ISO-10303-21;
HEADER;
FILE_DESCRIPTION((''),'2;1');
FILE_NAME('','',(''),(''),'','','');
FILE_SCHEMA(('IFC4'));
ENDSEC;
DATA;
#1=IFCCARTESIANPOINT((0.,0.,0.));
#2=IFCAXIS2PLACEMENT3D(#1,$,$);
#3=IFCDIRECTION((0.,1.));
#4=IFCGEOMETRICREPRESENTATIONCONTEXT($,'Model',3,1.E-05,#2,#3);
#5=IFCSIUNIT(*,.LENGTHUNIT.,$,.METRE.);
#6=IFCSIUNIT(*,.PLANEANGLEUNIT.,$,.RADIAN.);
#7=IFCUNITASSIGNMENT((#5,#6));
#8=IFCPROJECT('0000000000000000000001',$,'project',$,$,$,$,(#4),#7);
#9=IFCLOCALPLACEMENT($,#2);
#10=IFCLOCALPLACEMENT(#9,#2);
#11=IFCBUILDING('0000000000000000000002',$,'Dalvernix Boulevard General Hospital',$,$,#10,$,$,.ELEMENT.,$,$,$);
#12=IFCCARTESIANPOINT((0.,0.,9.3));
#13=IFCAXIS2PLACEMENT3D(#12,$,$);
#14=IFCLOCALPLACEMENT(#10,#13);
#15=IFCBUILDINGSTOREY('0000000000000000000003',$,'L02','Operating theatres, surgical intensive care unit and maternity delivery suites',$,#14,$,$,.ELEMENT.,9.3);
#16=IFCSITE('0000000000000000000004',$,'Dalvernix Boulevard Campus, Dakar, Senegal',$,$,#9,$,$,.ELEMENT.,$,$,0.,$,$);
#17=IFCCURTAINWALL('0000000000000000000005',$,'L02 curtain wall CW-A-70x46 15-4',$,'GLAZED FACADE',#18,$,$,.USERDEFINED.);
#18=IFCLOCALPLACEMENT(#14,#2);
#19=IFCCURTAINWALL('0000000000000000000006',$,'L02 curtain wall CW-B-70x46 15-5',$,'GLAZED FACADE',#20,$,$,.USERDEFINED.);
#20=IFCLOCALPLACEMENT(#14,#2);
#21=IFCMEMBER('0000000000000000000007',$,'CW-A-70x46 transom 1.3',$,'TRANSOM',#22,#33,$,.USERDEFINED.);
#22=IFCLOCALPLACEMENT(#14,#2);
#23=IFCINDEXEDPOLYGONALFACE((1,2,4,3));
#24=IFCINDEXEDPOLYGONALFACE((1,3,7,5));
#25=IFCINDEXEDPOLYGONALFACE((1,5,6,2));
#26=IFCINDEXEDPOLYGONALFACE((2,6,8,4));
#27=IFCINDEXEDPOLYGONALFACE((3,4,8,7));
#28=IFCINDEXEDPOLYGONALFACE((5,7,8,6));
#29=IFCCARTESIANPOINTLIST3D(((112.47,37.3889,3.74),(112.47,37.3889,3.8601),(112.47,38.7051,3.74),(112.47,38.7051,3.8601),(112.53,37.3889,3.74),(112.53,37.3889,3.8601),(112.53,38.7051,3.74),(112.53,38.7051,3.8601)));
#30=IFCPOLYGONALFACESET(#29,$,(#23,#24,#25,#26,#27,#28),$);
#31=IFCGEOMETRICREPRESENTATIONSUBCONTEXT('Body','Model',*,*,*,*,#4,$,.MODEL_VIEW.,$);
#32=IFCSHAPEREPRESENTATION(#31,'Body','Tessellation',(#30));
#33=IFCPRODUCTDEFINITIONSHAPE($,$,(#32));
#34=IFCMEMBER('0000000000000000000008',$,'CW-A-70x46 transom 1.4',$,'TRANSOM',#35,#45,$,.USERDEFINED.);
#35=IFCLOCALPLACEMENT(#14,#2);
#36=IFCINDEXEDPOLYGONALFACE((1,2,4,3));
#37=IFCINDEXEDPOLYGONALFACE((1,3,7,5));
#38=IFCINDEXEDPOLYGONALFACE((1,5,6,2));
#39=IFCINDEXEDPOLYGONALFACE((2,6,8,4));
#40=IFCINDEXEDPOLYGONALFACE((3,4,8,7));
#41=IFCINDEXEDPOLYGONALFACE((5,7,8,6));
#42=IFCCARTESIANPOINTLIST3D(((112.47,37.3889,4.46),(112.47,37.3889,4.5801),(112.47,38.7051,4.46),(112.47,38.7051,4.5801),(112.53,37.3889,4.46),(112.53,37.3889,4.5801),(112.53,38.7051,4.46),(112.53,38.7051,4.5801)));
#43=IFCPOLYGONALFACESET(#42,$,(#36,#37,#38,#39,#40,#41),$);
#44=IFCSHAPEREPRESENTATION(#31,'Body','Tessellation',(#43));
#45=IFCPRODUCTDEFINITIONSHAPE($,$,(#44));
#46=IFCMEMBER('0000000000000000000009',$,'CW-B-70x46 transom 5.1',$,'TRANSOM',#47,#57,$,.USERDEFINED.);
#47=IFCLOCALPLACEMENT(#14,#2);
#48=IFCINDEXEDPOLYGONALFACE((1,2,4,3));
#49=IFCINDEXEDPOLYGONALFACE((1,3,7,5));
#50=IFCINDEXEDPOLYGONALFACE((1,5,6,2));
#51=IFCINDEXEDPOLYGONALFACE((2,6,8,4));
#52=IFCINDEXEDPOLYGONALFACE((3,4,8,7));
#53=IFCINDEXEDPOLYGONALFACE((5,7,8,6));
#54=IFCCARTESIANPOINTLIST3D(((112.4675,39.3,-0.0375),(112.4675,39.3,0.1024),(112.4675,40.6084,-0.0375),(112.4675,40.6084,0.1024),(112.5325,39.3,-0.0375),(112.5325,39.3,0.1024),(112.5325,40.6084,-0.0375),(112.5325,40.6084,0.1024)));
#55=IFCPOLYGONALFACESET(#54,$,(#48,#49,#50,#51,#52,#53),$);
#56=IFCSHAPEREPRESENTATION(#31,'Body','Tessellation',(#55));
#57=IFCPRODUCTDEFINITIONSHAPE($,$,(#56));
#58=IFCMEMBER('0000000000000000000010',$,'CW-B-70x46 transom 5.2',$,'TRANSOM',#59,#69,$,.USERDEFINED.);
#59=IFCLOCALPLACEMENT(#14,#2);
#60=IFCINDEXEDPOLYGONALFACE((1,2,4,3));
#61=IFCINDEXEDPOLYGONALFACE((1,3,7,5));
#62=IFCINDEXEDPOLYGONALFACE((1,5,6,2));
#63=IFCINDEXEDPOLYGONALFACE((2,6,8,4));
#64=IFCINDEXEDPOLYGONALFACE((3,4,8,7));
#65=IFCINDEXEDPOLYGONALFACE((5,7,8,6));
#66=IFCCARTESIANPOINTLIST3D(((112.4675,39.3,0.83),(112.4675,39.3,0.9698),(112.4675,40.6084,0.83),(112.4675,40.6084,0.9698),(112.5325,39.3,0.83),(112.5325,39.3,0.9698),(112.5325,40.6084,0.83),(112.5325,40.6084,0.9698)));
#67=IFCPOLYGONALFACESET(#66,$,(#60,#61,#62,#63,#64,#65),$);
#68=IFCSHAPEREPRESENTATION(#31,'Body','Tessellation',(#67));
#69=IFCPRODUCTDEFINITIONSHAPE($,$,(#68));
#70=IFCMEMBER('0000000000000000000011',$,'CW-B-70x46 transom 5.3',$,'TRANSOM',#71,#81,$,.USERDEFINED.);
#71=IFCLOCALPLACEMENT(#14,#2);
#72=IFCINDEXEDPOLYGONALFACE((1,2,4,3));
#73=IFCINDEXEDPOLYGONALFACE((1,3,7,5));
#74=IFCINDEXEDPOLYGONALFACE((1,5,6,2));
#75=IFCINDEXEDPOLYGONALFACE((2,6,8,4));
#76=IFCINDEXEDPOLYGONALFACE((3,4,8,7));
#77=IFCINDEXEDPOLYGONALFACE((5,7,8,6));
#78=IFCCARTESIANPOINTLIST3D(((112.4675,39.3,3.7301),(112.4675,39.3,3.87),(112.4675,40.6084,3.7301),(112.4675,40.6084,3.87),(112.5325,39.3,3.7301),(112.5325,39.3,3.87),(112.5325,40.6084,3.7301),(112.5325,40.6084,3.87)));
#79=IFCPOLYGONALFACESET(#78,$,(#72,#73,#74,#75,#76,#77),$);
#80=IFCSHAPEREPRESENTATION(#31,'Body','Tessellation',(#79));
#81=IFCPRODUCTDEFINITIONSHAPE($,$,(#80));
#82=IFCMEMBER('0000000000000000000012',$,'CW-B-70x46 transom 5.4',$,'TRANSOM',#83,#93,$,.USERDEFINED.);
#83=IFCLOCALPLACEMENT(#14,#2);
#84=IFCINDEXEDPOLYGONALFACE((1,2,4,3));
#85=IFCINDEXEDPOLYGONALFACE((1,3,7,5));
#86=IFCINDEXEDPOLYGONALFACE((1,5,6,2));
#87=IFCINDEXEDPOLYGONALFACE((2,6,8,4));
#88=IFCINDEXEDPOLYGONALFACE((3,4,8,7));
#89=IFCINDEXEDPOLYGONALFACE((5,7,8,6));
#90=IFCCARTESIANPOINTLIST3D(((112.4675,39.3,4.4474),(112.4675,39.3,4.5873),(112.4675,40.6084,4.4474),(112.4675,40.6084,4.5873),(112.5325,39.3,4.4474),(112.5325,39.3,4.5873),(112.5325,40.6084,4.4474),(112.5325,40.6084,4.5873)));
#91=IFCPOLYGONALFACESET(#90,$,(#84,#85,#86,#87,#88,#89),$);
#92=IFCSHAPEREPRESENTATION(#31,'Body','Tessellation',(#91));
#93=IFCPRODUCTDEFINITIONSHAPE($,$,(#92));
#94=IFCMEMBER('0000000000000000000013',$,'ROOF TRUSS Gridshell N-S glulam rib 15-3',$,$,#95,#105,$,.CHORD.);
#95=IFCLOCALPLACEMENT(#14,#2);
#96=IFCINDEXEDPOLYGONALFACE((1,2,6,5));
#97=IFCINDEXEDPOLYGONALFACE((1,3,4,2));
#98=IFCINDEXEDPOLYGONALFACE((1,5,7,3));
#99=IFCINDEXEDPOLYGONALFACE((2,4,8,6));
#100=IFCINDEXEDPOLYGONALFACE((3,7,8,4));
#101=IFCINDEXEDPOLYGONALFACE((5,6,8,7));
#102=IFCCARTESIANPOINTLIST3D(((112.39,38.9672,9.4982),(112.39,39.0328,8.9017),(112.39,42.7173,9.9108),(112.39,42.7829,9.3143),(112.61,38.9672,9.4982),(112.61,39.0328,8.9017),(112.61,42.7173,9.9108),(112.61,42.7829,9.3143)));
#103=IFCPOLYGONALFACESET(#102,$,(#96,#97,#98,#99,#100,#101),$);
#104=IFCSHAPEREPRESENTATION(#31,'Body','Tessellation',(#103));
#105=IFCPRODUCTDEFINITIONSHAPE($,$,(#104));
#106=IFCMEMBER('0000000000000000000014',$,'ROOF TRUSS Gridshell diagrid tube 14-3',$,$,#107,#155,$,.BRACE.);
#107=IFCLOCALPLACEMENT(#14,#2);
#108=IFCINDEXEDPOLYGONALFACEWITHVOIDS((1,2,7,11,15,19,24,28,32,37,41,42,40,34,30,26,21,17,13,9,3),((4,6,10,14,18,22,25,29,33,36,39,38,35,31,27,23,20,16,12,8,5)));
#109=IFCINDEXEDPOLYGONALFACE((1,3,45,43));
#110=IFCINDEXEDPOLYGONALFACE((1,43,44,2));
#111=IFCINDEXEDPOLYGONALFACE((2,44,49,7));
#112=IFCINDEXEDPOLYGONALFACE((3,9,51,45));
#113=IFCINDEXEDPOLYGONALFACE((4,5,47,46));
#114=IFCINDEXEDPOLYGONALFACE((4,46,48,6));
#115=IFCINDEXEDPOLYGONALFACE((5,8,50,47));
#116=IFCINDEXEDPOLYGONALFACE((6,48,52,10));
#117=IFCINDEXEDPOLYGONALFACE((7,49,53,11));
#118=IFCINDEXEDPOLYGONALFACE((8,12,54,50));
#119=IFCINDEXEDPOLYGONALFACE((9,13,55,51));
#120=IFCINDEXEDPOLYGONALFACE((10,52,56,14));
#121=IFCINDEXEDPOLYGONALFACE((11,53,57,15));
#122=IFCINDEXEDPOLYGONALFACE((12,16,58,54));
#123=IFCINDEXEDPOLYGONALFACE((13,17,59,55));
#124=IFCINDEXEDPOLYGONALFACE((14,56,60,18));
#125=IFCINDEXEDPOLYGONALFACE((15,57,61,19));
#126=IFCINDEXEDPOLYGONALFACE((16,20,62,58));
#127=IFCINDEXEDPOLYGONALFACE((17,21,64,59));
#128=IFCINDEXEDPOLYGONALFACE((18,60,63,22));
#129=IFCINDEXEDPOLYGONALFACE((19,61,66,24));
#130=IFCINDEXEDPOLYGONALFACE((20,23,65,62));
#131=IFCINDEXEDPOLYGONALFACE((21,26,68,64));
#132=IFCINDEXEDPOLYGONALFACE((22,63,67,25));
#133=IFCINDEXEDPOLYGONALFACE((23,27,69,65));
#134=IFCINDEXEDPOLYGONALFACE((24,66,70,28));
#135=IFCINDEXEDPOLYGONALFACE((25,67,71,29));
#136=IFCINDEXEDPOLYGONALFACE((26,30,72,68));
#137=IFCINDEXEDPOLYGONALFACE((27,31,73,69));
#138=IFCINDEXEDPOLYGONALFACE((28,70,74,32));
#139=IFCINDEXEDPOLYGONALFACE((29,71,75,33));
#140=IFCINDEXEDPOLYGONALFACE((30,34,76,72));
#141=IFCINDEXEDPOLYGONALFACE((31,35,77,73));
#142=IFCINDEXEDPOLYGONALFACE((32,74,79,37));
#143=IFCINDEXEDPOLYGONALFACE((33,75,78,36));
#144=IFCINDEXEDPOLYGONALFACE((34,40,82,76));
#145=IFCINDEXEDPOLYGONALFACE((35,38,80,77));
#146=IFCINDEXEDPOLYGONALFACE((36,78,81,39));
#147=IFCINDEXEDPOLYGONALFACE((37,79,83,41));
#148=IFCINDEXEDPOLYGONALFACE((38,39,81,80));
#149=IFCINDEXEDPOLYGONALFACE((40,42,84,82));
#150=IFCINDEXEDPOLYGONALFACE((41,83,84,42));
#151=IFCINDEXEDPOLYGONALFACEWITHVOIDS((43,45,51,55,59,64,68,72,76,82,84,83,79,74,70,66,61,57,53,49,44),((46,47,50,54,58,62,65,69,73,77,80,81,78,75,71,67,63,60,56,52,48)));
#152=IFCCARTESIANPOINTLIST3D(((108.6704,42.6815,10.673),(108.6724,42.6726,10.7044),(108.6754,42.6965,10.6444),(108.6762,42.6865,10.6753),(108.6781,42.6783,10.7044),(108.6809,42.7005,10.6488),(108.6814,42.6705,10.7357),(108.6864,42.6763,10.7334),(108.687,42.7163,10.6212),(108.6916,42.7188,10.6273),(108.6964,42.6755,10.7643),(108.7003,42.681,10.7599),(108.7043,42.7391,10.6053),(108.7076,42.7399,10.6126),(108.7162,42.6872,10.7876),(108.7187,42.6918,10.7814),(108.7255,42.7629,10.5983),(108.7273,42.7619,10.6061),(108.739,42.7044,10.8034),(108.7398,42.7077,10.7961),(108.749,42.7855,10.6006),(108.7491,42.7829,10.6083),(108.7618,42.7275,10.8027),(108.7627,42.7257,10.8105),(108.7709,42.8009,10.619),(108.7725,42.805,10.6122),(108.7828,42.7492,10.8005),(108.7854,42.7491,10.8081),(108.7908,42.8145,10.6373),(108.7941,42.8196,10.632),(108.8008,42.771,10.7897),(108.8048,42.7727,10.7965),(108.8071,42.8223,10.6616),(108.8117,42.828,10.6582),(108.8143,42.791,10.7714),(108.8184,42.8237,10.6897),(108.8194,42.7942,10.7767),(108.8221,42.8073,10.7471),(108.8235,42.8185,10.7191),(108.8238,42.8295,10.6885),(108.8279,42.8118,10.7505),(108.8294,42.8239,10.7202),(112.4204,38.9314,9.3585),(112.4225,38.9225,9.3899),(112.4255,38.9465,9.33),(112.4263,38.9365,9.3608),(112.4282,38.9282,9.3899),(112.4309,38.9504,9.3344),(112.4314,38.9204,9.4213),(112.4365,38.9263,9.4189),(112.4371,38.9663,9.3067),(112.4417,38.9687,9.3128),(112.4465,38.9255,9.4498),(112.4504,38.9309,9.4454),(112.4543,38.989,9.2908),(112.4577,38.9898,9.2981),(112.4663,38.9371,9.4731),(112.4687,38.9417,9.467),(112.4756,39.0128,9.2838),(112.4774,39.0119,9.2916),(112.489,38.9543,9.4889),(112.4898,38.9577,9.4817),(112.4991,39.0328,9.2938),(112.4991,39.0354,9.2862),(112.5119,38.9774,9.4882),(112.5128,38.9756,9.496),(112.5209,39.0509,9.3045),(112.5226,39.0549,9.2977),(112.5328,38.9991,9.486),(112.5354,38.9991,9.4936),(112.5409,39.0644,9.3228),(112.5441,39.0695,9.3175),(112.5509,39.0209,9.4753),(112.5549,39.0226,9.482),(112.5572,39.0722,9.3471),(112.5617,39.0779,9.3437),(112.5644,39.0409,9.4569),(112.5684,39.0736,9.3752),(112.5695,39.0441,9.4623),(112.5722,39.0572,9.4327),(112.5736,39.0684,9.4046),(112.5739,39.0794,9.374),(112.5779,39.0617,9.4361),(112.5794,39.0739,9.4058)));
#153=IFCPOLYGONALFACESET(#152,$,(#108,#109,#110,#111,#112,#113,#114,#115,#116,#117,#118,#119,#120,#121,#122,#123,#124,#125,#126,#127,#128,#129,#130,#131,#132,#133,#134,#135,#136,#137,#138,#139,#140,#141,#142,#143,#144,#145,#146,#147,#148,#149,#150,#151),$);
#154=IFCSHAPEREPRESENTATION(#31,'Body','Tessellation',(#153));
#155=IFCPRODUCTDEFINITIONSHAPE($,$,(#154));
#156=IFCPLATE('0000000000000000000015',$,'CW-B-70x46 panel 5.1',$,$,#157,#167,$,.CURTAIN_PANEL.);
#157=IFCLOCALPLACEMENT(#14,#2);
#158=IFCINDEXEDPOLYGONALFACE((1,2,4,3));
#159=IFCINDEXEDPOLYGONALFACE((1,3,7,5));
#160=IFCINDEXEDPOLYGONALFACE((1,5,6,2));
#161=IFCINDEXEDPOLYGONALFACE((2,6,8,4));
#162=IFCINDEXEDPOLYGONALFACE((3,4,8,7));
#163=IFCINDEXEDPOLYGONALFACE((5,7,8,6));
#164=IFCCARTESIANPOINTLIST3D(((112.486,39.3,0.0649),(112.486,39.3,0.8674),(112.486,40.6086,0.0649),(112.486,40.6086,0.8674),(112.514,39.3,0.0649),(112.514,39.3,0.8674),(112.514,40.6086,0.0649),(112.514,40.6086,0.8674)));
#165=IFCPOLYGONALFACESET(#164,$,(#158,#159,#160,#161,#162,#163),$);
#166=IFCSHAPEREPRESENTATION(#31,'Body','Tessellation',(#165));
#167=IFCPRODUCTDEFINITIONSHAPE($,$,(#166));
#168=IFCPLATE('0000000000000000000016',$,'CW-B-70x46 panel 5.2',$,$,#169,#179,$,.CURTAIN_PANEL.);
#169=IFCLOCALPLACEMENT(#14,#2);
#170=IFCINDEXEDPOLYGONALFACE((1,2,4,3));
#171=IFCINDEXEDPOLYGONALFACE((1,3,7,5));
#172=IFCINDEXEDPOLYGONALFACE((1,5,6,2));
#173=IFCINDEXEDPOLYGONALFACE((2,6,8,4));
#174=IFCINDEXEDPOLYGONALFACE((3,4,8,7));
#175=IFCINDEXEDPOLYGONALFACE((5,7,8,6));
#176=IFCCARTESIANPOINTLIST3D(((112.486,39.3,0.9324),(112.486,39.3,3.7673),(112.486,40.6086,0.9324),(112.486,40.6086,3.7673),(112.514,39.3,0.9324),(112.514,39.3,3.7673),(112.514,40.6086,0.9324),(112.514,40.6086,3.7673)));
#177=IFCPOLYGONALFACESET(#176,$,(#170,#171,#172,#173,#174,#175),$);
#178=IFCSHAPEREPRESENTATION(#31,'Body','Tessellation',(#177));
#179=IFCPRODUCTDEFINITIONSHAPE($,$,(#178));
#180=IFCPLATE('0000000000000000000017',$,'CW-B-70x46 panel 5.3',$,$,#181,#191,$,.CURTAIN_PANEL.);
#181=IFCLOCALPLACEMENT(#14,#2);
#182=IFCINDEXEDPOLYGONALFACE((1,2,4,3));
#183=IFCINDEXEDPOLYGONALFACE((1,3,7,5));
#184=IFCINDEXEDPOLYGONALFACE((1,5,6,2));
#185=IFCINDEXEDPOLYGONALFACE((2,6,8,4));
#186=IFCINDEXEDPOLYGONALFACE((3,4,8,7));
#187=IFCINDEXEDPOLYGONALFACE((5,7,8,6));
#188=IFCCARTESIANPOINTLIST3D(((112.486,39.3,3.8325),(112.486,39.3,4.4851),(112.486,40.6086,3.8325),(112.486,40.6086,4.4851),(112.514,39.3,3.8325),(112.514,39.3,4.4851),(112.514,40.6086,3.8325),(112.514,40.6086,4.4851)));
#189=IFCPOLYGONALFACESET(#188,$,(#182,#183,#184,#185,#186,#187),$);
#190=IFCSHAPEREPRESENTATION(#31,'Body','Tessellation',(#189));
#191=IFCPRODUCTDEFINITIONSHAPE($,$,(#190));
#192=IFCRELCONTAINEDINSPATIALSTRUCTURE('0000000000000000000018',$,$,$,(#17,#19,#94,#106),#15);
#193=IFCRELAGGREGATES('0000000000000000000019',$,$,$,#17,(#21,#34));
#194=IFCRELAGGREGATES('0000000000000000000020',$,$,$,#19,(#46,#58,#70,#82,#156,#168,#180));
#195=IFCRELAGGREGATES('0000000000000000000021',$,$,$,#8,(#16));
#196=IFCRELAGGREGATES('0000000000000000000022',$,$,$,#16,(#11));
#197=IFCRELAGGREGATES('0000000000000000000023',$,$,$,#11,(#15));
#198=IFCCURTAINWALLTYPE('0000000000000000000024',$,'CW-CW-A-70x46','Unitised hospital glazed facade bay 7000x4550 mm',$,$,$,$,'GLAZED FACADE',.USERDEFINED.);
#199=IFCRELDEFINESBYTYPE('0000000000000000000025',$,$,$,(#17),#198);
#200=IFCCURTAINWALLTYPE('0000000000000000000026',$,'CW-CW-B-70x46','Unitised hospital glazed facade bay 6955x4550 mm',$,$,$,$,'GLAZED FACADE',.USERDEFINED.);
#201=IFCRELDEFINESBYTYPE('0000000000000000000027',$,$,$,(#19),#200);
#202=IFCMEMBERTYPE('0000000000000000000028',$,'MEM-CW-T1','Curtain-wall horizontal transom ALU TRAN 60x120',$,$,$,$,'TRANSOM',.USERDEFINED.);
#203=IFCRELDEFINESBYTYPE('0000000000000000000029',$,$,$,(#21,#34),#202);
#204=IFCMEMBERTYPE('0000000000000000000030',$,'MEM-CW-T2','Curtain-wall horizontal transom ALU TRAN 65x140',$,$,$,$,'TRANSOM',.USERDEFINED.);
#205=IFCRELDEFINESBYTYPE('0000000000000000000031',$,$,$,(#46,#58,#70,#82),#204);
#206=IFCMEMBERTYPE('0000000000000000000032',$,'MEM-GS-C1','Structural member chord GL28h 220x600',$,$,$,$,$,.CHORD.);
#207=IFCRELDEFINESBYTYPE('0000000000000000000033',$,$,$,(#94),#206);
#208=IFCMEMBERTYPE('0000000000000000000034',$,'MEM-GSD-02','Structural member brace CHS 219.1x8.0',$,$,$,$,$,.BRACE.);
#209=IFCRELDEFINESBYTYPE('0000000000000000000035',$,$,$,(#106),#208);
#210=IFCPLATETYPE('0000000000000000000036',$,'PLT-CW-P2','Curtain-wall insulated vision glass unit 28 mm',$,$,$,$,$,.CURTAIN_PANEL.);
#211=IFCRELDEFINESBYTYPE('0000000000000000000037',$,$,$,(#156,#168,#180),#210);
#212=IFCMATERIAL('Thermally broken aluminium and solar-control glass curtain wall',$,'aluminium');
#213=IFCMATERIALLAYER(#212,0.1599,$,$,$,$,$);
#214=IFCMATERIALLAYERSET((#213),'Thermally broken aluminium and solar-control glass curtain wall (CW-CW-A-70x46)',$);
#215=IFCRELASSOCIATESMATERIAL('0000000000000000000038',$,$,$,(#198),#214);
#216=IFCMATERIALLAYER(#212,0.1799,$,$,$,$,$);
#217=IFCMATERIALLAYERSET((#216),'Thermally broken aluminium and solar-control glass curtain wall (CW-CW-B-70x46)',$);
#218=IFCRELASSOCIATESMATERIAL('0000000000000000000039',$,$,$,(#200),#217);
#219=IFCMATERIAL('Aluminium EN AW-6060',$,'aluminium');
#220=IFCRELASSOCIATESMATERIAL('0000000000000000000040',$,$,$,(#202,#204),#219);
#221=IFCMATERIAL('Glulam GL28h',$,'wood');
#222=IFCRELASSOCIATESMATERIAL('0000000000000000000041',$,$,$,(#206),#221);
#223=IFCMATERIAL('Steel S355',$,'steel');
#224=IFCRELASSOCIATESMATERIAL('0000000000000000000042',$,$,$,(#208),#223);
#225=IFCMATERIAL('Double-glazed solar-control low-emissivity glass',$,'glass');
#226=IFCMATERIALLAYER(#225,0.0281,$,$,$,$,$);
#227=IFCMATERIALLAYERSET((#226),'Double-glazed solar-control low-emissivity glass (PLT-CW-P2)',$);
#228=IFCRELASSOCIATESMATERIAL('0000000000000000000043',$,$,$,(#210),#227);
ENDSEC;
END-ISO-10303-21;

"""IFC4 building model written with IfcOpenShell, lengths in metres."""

from ifc_helpers import new_model, si_unit, direction, frame, origin, origin_2d, place, context, subcontext, project, spatial, rectangle, hollow_circle, extrude, material, layer, layer_set, material_profile, profile_set, type_object, element, aggregate, save


model = new_model("IFC4")

# Units and contexts
model_context = context("Model", 3, precision=1e-05, world=origin(), true_north=direction((0.0, 1.0)))
body_context = subcontext(model_context, "Body", "Model", "MODEL_VIEW")
ifc_project = project(units=[si_unit("LENGTHUNIT", "METRE"), si_unit("PLANEANGLEUNIT", "RADIAN")], contexts=[model_context])

# Site, building, storey
site_placement = place(None, origin())
site = spatial("IfcSite", under=ifc_project, at=site_placement, Name="Dalvernix Boulevard Campus, Dakar, Senegal", CompositionType="ELEMENT", RefElevation=0.0)
building_placement = place(site_placement, origin())
building = spatial("IfcBuilding", under=site, at=building_placement, Name="Dalvernix Boulevard General Hospital", CompositionType="ELEMENT")
storey_placement = place(building_placement, frame((0.0, 0.0, 9.3)))
storey = spatial("IfcBuildingStorey", under=building, at=storey_placement, Name="L02", Description="Operating theatres, surgical intensive care unit and maternity delivery suites", CompositionType="ELEMENT", Elevation=9.3)

# Shared definitions
ifc_material_1 = material(Name="Steel S355", Category="steel")

# Curtain walls
ifc_material_2 = material(Name="Thermally broken aluminium and solar-control glass curtain wall", Category="aluminium")
ifc_layer_1 = layer(ifc_material_2, 0.1599)
ifc_layer_set_1 = layer_set([ifc_layer_1], Name="Thermally broken aluminium and solar-control glass curtain wall (CW-CW-A-70x46)")
curtain_wall_type_1 = type_object("IfcCurtainWallType", Name="CW-CW-A-70x46", Description="Unitised hospital glazed facade bay 7000x4550 mm", ElementType="GLAZED FACADE", PredefinedType="USERDEFINED", material=ifc_layer_set_1)
curtain_wall_1_placement = place(storey_placement, origin())
curtain_wall_1 = element("IfcCurtainWall", 1, at=curtain_wall_1_placement, inside=storey, type_object=curtain_wall_type_1, Name="L02 curtain wall CW-A-70x46 15-4", ObjectType="GLAZED FACADE", PredefinedType="USERDEFINED")
ifc_material_3 = material(Name="Aluminium EN AW-6060", Category="aluminium")
ifc_layer_2 = layer(ifc_material_2, 0.1799)
ifc_layer_set_2 = layer_set([ifc_layer_2], Name="Thermally broken aluminium and solar-control glass curtain wall (CW-CW-B-70x46)")
curtain_wall_type_2 = type_object("IfcCurtainWallType", Name="CW-CW-B-70x46", Description="Unitised hospital glazed facade bay 6955x4550 mm", ElementType="GLAZED FACADE", PredefinedType="USERDEFINED", material=ifc_layer_set_2)
curtain_wall_2_placement = place(storey_placement, origin())
curtain_wall_2 = element("IfcCurtainWall", 2, at=curtain_wall_2_placement, inside=storey, type_object=curtain_wall_type_2, Name="L02 curtain wall CW-B-70x46 15-5", ObjectType="GLAZED FACADE", PredefinedType="USERDEFINED")

# Members
ifc_material_profile_1 = material_profile(ifc_material_3, rectangle(XDim=0.0601, YDim=0.1201, at=origin_2d()), Name="ALU TRAN 60x120")
ifc_profile_set_1 = profile_set([ifc_material_profile_1], Name="Aluminium EN AW-6060")
member_type_1 = type_object("IfcMemberType", Name="MEM-CW-T1", Description="Curtain-wall horizontal transom ALU TRAN 60x120", ElementType="TRANSOM", PredefinedType="USERDEFINED", material=ifc_profile_set_1)
member_1_placement = place(storey_placement, frame((112.5, 38.7051, 3.8), z_axis=(0.0, -1.0, 0.0), x_axis=(1.0, 0.0, 0.0)))
member_1 = element("IfcMember", 3, at=member_1_placement, type_object=member_type_1, Name="CW-A-70x46 transom 1.3", ObjectType="TRANSOM", PredefinedType="USERDEFINED", context=body_context, shape_type="SweptSolid", body=[
    extrude(rectangle(XDim=0.0601, YDim=0.1201, at=origin_2d()), origin(), (0.0, 0.0, 1.0), 1.3162),
])
member_2_placement = place(storey_placement, frame((112.5, 38.7051, 4.52), z_axis=(0.0, -1.0, 0.0), x_axis=(1.0, 0.0, 0.0)))
member_2 = element("IfcMember", 4, at=member_2_placement, type_object=member_type_1, Name="CW-A-70x46 transom 1.4", ObjectType="TRANSOM", PredefinedType="USERDEFINED", context=body_context, shape_type="SweptSolid", body=[
    extrude(rectangle(XDim=0.0601, YDim=0.1201, at=origin_2d()), origin(), (0.0, 0.0, 1.0), 1.3162),
])
aggregate(curtain_wall_1, [member_1, member_2])
ifc_material_profile_2 = material_profile(ifc_material_3, rectangle(XDim=0.0649, YDim=0.1399, at=origin_2d()), Name="ALU TRAN 65x140")
ifc_profile_set_2 = profile_set([ifc_material_profile_2], Name="Aluminium EN AW-6060")
member_type_2 = type_object("IfcMemberType", Name="MEM-CW-T2", Description="Curtain-wall horizontal transom ALU TRAN 65x140", ElementType="TRANSOM", PredefinedType="USERDEFINED", material=ifc_profile_set_2)
member_3_placement = place(storey_placement, frame((112.5, 40.6084, 0.0325), z_axis=(0.0, -1.0, 0.0), x_axis=(1.0, 0.0, 0.0)))
member_3 = element("IfcMember", 5, at=member_3_placement, type_object=member_type_2, Name="CW-B-70x46 transom 5.1", ObjectType="TRANSOM", PredefinedType="USERDEFINED", context=body_context, shape_type="SweptSolid", body=[
    extrude(rectangle(XDim=0.0649, YDim=0.1399, at=origin_2d()), origin(), (0.0, 0.0, 1.0), 1.3083),
])
member_4_placement = place(storey_placement, frame((112.5, 40.6084, 0.8999), z_axis=(0.0, -1.0, 0.0), x_axis=(1.0, 0.0, 0.0)))
member_4 = element("IfcMember", 6, at=member_4_placement, type_object=member_type_2, Name="CW-B-70x46 transom 5.2", ObjectType="TRANSOM", PredefinedType="USERDEFINED", context=body_context, shape_type="SweptSolid", body=[
    extrude(rectangle(XDim=0.0649, YDim=0.1399, at=origin_2d()), origin(), (0.0, 0.0, 1.0), 1.3083),
])
member_5_placement = place(storey_placement, frame((112.5, 40.6084, 3.8), z_axis=(0.0, -1.0, 0.0), x_axis=(1.0, 0.0, 0.0)))
member_5 = element("IfcMember", 7, at=member_5_placement, type_object=member_type_2, Name="CW-B-70x46 transom 5.3", ObjectType="TRANSOM", PredefinedType="USERDEFINED", context=body_context, shape_type="SweptSolid", body=[
    extrude(rectangle(XDim=0.0649, YDim=0.1399, at=origin_2d()), origin(), (0.0, 0.0, 1.0), 1.3083),
])
member_6_placement = place(storey_placement, frame((112.5, 40.6084, 4.5173), z_axis=(0.0, -1.0, 0.0), x_axis=(1.0, 0.0, 0.0)))
member_6 = element("IfcMember", 8, at=member_6_placement, type_object=member_type_2, Name="CW-B-70x46 transom 5.4", ObjectType="TRANSOM", PredefinedType="USERDEFINED", context=body_context, shape_type="SweptSolid", body=[
    extrude(rectangle(XDim=0.0649, YDim=0.1399, at=origin_2d()), origin(), (0.0, 0.0, 1.0), 1.3083),
])

# Members
ifc_material_4 = material(Name="Glulam GL28h", Category="wood")
ifc_material_profile_3 = material_profile(ifc_material_4, rectangle(XDim=0.22, YDim=0.6001, at=origin_2d()), Name="GL28h 220x600")
ifc_profile_set_3 = profile_set([ifc_material_profile_3], Name="Glulam GL28h")
member_type_3 = type_object("IfcMemberType", Name="MEM-GS-C1", Description="Structural member chord GL28h 220x600", PredefinedType="CHORD", material=ifc_profile_set_3)
member_7_placement = place(storey_placement, frame((112.5, 39.0, 9.2), z_axis=(0.0, 0.994002, 0.109366), x_axis=(-1.0, 0.0, 0.0)))
element("IfcMember", 9, at=member_7_placement, inside=storey, type_object=member_type_3, Name="ROOF TRUSS Gridshell N-S glulam rib 15-3", PredefinedType="CHORD", context=body_context, shape_type="SweptSolid", body=[
    extrude(rectangle(XDim=0.22, YDim=0.6001, at=origin_2d()), origin(), (0.0, 0.0, 1.0), 3.7727),
])
ifc_material_profile_4 = material_profile(ifc_material_1, hollow_circle(Radius=0.1096, WallThickness=0.0081, at=origin_2d()), Name="CHS 219.1x8.0")
ifc_profile_set_4 = profile_set([ifc_material_profile_4], Name="Steel S355")
member_type_4 = type_object("IfcMemberType", Name="MEM-GSD-02", Description="Structural member brace CHS 219.1x8.0", PredefinedType="BRACE", material=ifc_profile_set_4)
member_8_placement = place(storey_placement, frame((112.5, 39.0, 9.3899), z_axis=(-0.686339, 0.686339, 0.240576), x_axis=(-0.707107, -0.707107, 0.0)))
element("IfcMember", 10, at=member_8_placement, inside=storey, type_object=member_type_4, Name="ROOF TRUSS Gridshell diagrid tube 14-3", PredefinedType="BRACE", context=body_context, shape_type="SweptSolid", body=[
    extrude(hollow_circle(Radius=0.1096, WallThickness=0.0081, at=origin_2d()), origin(), (0.0, 0.0, 1.0), 5.4639),
])

# Plates
ifc_material_5 = material(Name="Double-glazed solar-control low-emissivity glass", Category="glass")
ifc_layer_3 = layer(ifc_material_5, 0.0281)
ifc_layer_set_3 = layer_set([ifc_layer_3], Name="Double-glazed solar-control low-emissivity glass (PLT-CW-P2)")
plate_type = type_object("IfcPlateType", Name="PLT-CW-P2", Description="Curtain-wall insulated vision glass unit 28 mm", PredefinedType="CURTAIN_PANEL", material=ifc_layer_set_3)
plate_1_placement = place(storey_placement, frame((112.5, 39.9543, 0.0649), z_axis=(0.0, 0.0, 1.0), x_axis=(0.0, -1.0, 0.0)))
plate_1 = element("IfcPlate", 11, at=plate_1_placement, type_object=plate_type, Name="CW-B-70x46 panel 5.1", PredefinedType="CURTAIN_PANEL", context=body_context, shape_type="SweptSolid", body=[
    extrude(rectangle(XDim=1.3086, YDim=0.0281, at=origin_2d()), origin(), (0.0, 0.0, 1.0), 0.8025),
])
plate_2_placement = place(storey_placement, frame((112.5, 39.9543, 0.9324), z_axis=(0.0, 0.0, 1.0), x_axis=(0.0, -1.0, 0.0)))
plate_2 = element("IfcPlate", 12, at=plate_2_placement, type_object=plate_type, Name="CW-B-70x46 panel 5.2", PredefinedType="CURTAIN_PANEL", context=body_context, shape_type="SweptSolid", body=[
    extrude(rectangle(XDim=1.3086, YDim=0.0281, at=origin_2d()), origin(), (0.0, 0.0, 1.0), 2.835),
])
plate_3_placement = place(storey_placement, frame((112.5, 39.9543, 3.8325), z_axis=(0.0, 0.0, 1.0), x_axis=(0.0, -1.0, 0.0)))
plate_3 = element("IfcPlate", 13, at=plate_3_placement, type_object=plate_type, Name="CW-B-70x46 panel 5.3", PredefinedType="CURTAIN_PANEL", context=body_context, shape_type="SweptSolid", body=[
    extrude(rectangle(XDim=1.3086, YDim=0.0281, at=origin_2d()), origin(), (0.0, 0.0, 1.0), 0.6526),
])
aggregate(curtain_wall_2, [member_3, member_4, member_5, member_6, plate_1, plate_2, plate_3])

save(model, "model.ifc")
